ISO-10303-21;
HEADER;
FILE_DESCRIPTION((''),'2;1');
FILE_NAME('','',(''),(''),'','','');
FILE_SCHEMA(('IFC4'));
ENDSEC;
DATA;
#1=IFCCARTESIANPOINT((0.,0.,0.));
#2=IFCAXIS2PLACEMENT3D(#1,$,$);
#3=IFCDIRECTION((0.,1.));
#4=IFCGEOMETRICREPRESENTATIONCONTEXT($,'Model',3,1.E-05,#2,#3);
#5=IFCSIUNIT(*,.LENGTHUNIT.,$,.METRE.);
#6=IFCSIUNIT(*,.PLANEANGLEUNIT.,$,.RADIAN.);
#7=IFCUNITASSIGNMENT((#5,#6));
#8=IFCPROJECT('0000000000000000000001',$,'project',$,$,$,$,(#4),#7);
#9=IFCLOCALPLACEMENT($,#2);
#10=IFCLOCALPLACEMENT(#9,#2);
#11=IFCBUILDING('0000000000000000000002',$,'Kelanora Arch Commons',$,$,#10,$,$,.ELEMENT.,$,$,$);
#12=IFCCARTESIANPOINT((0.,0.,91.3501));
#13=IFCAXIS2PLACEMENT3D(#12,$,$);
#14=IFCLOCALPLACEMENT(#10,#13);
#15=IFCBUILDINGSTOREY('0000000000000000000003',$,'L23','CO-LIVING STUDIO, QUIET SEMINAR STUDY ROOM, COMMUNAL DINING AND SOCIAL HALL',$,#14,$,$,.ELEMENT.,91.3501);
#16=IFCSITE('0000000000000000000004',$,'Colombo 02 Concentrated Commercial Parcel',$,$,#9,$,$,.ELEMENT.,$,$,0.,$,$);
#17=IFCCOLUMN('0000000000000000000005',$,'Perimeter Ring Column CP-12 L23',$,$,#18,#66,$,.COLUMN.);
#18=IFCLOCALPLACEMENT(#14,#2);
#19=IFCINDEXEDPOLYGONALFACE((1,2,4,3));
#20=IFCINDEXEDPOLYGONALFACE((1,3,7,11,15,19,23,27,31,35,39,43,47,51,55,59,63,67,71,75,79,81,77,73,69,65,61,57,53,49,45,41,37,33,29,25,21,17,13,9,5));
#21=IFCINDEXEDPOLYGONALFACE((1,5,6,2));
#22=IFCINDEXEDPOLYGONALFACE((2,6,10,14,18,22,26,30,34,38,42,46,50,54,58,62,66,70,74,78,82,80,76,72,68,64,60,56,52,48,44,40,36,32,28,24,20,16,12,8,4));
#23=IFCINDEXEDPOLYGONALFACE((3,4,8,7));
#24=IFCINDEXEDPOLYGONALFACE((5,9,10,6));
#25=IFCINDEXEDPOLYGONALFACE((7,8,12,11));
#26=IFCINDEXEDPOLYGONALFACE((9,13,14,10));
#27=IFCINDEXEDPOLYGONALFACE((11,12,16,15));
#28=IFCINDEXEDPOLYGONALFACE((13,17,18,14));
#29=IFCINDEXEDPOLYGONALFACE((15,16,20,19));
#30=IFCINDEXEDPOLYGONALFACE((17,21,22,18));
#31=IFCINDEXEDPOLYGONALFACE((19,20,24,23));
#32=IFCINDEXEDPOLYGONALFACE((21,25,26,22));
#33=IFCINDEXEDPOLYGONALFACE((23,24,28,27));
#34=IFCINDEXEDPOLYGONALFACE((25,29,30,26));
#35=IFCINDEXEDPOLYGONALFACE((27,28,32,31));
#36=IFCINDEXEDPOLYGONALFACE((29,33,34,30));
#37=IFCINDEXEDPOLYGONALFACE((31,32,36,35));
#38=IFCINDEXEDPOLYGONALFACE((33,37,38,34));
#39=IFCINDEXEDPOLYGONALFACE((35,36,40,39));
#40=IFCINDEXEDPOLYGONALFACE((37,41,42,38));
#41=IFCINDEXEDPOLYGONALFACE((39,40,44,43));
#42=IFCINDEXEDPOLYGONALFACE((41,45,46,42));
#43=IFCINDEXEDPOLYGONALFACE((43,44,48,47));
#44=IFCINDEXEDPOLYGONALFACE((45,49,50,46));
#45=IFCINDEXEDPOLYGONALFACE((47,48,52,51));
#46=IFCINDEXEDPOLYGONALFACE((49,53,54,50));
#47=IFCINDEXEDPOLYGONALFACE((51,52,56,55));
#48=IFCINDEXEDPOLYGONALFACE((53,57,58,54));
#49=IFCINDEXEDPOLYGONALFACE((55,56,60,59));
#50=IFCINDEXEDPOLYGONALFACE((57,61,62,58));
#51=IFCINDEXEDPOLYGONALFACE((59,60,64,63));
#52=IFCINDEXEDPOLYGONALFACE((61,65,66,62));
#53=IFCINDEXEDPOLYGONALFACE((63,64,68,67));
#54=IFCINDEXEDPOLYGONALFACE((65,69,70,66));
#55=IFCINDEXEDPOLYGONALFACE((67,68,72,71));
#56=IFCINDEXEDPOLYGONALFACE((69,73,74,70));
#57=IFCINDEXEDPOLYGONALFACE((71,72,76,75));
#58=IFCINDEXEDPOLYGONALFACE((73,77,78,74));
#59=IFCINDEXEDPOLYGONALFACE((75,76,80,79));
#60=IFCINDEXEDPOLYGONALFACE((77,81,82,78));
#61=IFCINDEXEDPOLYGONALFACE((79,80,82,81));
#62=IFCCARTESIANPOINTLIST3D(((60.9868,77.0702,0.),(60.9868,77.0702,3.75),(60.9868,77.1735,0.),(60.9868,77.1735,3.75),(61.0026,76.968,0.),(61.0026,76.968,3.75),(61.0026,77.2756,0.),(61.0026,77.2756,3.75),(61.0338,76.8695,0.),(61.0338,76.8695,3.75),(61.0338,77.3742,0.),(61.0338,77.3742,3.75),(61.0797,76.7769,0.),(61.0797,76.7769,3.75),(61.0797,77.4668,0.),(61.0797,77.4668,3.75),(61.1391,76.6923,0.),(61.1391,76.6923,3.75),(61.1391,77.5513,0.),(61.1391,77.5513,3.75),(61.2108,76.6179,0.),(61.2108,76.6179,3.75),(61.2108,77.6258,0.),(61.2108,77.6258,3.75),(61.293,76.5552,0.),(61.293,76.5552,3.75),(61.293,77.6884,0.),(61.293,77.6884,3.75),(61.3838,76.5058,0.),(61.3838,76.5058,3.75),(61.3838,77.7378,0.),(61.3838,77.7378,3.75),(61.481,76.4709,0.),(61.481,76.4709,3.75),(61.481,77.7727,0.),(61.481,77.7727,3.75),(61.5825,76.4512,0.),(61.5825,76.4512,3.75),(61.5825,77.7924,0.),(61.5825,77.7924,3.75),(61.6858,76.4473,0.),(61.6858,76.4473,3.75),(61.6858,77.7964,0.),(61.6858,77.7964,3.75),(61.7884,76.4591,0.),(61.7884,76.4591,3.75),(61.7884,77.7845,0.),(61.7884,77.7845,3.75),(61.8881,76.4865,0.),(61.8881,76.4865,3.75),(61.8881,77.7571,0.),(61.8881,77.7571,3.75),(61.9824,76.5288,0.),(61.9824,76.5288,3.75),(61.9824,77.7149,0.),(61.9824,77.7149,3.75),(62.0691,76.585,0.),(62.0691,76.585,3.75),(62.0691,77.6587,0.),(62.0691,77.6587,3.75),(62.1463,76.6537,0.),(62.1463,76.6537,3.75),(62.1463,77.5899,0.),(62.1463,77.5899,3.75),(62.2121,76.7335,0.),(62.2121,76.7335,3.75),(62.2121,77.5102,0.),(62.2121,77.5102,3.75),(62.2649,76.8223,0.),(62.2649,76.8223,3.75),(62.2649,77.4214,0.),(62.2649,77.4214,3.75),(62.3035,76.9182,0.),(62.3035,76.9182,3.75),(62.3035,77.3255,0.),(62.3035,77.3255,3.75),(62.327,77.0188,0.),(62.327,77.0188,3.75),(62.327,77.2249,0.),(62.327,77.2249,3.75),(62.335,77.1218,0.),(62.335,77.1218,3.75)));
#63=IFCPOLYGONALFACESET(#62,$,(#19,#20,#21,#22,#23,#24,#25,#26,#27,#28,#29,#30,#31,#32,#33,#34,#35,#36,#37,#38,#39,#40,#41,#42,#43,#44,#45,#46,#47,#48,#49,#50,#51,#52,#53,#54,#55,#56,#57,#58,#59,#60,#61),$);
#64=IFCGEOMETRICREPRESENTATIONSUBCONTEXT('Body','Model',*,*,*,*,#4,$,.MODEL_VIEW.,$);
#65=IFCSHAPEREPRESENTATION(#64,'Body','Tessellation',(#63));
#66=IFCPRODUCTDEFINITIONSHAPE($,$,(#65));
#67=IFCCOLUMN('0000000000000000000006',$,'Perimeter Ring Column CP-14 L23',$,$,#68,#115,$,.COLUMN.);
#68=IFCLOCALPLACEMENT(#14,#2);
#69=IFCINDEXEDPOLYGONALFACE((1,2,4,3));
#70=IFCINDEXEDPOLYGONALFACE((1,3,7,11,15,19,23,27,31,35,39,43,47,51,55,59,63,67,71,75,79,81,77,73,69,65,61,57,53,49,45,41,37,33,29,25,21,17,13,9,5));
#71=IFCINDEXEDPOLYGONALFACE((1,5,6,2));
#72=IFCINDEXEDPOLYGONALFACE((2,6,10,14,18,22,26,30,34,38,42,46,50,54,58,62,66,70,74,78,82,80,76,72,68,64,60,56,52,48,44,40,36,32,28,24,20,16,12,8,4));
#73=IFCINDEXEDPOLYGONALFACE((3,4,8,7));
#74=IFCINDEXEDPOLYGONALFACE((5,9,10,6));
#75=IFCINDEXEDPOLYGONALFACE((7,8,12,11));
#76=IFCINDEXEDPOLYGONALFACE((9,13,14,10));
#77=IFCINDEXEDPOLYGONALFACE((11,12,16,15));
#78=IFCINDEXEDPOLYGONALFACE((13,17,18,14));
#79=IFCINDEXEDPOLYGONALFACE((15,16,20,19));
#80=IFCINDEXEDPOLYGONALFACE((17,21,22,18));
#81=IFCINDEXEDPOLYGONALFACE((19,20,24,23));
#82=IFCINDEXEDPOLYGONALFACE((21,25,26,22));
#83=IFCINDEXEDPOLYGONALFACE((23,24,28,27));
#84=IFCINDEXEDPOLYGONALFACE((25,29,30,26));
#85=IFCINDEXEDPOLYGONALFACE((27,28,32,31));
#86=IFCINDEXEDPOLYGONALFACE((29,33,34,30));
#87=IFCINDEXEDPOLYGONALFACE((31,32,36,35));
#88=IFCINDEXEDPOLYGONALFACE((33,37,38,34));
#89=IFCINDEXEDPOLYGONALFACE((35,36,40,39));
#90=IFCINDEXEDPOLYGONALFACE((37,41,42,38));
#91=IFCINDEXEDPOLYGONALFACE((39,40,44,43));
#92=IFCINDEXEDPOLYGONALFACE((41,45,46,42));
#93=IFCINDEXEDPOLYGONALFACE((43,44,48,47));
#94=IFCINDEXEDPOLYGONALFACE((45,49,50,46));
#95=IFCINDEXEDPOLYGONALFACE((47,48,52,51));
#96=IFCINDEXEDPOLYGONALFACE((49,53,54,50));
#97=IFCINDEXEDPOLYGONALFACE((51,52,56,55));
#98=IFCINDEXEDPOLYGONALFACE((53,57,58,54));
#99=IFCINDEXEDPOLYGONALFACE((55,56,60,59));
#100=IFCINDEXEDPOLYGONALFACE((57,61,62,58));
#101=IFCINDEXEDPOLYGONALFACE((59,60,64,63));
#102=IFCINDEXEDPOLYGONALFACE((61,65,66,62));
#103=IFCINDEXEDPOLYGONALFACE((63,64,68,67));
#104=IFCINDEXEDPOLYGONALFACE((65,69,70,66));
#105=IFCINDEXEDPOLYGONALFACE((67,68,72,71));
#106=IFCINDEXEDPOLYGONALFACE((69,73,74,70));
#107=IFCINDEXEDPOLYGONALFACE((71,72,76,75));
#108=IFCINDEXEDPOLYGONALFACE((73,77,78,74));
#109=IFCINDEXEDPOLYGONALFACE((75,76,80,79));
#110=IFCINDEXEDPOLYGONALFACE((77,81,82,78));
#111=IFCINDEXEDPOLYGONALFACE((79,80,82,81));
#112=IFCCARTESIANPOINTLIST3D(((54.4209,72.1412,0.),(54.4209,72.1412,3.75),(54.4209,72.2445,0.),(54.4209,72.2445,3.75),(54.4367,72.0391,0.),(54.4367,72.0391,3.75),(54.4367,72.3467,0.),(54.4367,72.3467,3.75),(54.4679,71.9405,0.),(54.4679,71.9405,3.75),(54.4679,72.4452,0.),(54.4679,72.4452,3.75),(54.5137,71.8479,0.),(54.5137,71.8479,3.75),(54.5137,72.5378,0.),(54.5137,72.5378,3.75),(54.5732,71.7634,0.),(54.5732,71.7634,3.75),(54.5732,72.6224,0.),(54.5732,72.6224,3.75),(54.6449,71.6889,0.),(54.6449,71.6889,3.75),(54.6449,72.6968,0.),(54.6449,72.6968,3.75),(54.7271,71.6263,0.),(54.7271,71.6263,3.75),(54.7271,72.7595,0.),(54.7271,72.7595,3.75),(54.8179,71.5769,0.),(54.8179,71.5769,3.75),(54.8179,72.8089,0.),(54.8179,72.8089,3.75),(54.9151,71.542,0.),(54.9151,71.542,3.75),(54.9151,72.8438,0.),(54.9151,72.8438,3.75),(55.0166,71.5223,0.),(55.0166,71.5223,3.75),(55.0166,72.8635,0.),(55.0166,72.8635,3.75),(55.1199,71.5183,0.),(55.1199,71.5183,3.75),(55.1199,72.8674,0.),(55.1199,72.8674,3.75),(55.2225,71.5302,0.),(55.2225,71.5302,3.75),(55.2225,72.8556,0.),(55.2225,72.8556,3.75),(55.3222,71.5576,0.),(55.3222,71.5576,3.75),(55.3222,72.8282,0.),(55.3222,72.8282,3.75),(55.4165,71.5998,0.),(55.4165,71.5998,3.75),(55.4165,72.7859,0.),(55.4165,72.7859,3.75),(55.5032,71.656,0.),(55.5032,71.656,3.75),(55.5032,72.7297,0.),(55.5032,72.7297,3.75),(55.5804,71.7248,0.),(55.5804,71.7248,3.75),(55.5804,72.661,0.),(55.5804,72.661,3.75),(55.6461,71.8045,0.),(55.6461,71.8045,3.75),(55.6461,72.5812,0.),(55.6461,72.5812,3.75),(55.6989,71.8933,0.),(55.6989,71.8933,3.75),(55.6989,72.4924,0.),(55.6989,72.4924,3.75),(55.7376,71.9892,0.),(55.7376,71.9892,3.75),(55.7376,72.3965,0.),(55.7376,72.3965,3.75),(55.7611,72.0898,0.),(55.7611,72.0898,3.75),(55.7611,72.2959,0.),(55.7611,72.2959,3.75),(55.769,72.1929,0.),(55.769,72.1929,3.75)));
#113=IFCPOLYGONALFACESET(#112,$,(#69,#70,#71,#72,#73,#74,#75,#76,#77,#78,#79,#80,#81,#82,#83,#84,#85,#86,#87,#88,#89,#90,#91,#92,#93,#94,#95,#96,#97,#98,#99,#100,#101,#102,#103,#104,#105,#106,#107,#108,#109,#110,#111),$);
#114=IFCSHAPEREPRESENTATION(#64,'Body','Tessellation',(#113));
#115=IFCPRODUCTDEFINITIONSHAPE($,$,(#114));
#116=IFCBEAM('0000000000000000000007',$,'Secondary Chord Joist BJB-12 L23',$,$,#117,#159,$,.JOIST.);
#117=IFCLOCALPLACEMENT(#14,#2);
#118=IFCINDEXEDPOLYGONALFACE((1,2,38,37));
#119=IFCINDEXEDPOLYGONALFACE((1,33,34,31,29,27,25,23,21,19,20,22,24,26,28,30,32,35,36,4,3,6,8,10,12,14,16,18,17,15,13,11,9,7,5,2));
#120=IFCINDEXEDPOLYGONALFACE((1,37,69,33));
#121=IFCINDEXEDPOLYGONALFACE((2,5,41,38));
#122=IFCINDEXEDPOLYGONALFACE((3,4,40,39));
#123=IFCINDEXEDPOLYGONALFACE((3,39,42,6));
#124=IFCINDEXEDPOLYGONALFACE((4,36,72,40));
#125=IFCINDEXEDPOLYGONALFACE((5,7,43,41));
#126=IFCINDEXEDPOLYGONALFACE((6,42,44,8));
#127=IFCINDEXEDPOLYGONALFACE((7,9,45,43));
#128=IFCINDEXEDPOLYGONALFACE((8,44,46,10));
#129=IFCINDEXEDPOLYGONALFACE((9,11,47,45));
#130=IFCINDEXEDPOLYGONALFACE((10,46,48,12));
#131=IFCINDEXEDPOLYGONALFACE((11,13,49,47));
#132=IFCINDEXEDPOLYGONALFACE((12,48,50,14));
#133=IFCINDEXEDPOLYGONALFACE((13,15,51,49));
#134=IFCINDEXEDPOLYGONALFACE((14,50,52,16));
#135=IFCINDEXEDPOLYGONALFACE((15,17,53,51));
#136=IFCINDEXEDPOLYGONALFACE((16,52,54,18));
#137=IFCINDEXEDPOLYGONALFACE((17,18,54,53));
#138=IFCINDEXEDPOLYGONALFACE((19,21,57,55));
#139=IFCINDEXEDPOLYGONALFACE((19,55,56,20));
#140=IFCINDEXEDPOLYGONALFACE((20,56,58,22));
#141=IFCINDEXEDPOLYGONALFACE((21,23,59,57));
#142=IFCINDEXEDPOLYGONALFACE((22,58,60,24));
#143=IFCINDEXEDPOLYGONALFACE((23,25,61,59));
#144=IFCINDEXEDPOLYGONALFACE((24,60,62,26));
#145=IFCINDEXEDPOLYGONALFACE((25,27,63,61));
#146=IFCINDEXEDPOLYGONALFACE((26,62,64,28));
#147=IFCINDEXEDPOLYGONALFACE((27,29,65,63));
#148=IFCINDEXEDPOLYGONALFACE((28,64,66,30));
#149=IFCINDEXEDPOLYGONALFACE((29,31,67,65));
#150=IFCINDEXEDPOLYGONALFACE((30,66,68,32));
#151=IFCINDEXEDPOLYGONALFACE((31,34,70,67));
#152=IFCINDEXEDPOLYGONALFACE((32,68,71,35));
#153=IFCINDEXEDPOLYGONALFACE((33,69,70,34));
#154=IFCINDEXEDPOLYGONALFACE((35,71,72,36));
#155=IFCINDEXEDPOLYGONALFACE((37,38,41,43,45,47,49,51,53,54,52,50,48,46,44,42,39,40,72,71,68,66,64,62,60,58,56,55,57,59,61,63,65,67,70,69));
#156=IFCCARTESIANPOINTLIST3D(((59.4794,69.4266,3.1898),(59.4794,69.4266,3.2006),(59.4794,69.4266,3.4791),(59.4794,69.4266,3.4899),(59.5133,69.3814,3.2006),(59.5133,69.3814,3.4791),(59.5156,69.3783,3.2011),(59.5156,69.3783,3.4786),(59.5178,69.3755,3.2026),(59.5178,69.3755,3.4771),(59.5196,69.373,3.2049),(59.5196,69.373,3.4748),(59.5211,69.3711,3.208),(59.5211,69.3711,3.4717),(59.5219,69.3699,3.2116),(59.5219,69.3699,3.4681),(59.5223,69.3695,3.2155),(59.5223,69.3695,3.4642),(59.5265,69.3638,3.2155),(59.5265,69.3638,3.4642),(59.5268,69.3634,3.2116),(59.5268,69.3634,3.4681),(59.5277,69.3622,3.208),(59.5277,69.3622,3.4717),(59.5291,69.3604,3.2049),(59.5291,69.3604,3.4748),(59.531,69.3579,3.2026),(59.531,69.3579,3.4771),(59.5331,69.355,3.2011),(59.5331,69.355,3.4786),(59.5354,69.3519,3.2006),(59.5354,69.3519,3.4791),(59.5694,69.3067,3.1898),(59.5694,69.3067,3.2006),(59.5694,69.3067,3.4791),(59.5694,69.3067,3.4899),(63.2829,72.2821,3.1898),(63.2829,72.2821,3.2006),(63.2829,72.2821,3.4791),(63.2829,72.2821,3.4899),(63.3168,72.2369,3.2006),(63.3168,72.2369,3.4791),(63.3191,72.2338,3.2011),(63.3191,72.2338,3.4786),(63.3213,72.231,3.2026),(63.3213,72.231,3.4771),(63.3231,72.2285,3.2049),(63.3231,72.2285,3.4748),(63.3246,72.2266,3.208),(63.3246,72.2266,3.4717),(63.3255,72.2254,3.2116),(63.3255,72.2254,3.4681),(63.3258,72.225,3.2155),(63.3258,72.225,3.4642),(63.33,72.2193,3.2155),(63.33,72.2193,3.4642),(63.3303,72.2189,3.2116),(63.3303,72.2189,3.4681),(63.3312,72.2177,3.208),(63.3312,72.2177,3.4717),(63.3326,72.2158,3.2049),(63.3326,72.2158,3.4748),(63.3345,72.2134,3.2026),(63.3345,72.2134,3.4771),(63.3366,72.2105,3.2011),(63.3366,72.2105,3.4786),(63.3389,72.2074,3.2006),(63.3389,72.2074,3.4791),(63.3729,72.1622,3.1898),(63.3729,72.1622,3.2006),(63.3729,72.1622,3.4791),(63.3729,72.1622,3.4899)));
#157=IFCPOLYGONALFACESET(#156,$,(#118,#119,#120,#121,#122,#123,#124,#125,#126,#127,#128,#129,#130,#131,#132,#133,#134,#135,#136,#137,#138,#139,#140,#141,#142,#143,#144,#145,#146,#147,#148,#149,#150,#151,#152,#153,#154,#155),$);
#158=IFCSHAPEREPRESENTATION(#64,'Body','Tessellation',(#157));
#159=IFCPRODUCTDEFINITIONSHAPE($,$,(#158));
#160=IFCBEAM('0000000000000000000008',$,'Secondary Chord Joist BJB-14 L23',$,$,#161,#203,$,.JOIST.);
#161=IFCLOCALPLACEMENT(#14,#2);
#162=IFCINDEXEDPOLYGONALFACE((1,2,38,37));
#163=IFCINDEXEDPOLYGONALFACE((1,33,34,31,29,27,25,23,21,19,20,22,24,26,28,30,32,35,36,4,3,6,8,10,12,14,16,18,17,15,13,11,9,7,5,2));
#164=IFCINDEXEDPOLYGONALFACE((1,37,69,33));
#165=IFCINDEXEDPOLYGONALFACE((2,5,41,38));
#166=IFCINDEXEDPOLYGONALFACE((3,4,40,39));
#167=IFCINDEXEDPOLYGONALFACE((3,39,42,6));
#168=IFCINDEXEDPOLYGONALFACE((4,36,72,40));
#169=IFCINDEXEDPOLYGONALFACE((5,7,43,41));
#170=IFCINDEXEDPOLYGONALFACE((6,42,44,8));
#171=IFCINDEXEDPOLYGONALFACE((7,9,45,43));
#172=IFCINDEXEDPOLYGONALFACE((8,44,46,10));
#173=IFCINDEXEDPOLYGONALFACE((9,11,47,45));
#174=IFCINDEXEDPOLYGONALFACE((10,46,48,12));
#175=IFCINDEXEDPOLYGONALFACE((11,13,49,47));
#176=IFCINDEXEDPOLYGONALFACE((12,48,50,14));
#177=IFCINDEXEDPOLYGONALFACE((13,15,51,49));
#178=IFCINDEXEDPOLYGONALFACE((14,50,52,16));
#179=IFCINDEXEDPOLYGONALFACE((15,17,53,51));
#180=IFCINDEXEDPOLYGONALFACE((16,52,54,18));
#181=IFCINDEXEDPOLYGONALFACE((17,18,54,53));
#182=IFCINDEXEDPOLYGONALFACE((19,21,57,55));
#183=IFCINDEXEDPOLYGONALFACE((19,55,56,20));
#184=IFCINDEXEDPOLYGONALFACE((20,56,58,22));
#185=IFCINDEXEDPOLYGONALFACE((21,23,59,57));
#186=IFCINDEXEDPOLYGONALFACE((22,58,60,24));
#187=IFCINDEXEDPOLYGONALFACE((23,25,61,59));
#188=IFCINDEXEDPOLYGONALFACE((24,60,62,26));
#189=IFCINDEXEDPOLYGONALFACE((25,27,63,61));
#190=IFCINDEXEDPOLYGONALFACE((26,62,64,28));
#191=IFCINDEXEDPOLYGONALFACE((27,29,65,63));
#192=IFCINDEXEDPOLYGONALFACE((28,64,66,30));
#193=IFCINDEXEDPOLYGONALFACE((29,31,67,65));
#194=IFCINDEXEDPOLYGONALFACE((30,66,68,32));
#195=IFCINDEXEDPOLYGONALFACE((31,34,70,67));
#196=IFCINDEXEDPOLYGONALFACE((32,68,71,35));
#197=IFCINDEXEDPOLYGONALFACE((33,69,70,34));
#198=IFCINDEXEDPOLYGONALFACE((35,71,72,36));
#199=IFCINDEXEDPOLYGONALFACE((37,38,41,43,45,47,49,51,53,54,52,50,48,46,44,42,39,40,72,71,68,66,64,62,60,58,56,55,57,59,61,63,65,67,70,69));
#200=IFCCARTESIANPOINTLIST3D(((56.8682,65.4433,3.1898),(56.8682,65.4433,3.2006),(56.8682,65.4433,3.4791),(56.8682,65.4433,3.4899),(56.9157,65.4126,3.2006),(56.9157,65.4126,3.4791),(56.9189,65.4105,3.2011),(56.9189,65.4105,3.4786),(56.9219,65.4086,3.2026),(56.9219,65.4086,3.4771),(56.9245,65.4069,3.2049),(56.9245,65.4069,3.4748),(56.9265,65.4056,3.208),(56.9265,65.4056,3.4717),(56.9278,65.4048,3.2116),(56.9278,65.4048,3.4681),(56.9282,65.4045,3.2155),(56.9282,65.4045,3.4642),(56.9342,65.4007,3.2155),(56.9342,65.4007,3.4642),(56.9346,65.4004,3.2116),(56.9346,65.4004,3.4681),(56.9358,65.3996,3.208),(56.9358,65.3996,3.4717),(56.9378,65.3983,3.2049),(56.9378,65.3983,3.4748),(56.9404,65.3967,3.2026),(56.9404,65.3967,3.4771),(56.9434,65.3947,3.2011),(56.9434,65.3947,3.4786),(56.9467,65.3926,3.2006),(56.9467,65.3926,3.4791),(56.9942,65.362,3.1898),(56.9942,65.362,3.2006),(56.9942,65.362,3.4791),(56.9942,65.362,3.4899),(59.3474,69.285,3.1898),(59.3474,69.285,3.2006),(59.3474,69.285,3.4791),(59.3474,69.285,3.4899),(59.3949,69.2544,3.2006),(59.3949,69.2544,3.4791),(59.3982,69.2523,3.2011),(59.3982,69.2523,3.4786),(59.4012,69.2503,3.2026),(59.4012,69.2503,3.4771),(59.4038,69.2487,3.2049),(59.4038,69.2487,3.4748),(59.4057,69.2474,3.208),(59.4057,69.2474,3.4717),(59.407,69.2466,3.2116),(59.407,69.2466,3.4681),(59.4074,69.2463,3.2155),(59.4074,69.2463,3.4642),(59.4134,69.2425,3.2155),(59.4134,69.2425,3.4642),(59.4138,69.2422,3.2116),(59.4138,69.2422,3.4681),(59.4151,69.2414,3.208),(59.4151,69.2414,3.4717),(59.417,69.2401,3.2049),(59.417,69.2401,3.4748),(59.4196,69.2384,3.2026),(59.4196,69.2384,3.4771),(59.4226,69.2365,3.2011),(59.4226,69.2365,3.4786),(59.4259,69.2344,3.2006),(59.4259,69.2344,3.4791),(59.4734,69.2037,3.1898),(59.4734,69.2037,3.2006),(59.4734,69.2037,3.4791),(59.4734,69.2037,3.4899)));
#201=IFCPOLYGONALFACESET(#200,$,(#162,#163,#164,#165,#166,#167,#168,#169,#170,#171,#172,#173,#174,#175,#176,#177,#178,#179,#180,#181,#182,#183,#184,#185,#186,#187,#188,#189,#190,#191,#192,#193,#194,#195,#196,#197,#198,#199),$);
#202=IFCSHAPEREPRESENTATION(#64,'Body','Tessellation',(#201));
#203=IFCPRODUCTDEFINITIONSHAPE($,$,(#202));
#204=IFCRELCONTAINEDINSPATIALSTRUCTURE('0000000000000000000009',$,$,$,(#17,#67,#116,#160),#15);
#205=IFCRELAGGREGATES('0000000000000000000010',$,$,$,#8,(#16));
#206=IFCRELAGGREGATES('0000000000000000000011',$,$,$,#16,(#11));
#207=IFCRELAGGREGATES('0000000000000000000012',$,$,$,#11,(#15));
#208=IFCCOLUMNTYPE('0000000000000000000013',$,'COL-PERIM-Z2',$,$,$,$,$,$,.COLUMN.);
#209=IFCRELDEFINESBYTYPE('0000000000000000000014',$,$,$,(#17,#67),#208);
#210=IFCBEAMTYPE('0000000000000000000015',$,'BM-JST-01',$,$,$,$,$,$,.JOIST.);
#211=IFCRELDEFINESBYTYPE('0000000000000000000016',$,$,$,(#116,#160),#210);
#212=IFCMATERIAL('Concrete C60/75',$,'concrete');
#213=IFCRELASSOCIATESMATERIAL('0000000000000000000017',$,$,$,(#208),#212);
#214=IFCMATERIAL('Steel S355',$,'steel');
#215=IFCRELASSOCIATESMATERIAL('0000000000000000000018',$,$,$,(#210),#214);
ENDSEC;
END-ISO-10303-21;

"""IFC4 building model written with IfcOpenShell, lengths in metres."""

from ifc_helpers import new_model, si_unit, direction, frame, origin, origin_2d, place, context, subcontext, project, spatial, circle, i_section, extrude, material, material_profile, profile_set, type_object, element, save


model = new_model("IFC4")

# Units and contexts
model_context = context("Model", 3, precision=1e-05, world=origin(), true_north=direction((0.0, 1.0)))
body_context = subcontext(model_context, "Body", "Model", "MODEL_VIEW")
ifc_project = project(units=[si_unit("LENGTHUNIT", "METRE"), si_unit("PLANEANGLEUNIT", "RADIAN")], contexts=[model_context])

# Site, building, storey
site_placement = place(None, origin())
site = spatial("IfcSite", under=ifc_project, at=site_placement, Name="Colombo 02 Concentrated Commercial Parcel", CompositionType="ELEMENT", RefElevation=0.0)
building_placement = place(site_placement, origin())
building = spatial("IfcBuilding", under=site, at=building_placement, Name="Kelanora Arch Commons", CompositionType="ELEMENT")
storey_placement = place(building_placement, frame((0.0, 0.0, 91.3501)))
storey = spatial("IfcBuildingStorey", under=building, at=storey_placement, Name="L23", Description="CO-LIVING STUDIO, QUIET SEMINAR STUDY ROOM, COMMUNAL DINING AND SOCIAL HALL", CompositionType="ELEMENT", Elevation=91.3501)

# Columns
ifc_material_1 = material(Name="Concrete C60/75", Category="concrete")
ifc_material_profile_1 = material_profile(ifc_material_1, circle(Radius=0.675, at=origin_2d()), Name="RCC1350")
ifc_profile_set_1 = profile_set([ifc_material_profile_1], Name="Concrete C60/75")
column_type = type_object("IfcColumnType", Name="COL-PERIM-Z2", PredefinedType="COLUMN", material=ifc_profile_set_1)
for number, where, z_axis, x_axis, name in (
    (1, (61.6599, 77.1218, 0.0), (0.0, 0.0, 1.0), (1.0, 0.0, 0.0), "Perimeter Ring Column CP-12 L23"),
    (2, (55.094, 72.1929, 0.0), (0.0, 0.0, 1.0), (1.0, 0.0, 0.0), "Perimeter Ring Column CP-14 L23"),
):
    element("IfcColumn", number, at=place(storey_placement, frame(where, z_axis=z_axis, x_axis=x_axis)), inside=storey, type_object=column_type, Name=name, PredefinedType="COLUMN", context=body_context, shape_type="SweptSolid", body=[
        extrude(circle(Radius=0.675, at=origin_2d()), origin(), (0.0, 0.0, 1.0), 3.75),
    ])

# Beams
ifc_material_2 = material(Name="Steel S355", Category="steel")
ifc_material_profile_2 = material_profile(ifc_material_2, i_section(OverallWidth=0.1499, OverallDepth=0.3, WebThickness=0.0071, FlangeThickness=0.0107, FilletRadius=0.0149, at=origin_2d()), Name="IPE300")
ifc_profile_set_2 = profile_set([ifc_material_profile_2], Name="Steel S355")
beam_type_1 = type_object("IfcBeamType", Name="BM-JST-01", PredefinedType="JOIST", material=ifc_profile_set_2)
beam_1_placement = place(storey_placement, frame((63.3279, 72.2222, 3.3398), z_axis=(-0.79971, -0.600386, 0.0), x_axis=(0.600386, -0.79971, 0.0)))
element("IfcBeam", 3, at=beam_1_placement, inside=storey, type_object=beam_type_1, Name="Secondary Chord Joist BJB-12 L23", PredefinedType="JOIST", context=body_context, shape_type="SweptSolid", body=[
    extrude(i_section(OverallWidth=0.1499, OverallDepth=0.3, WebThickness=0.0071, FlangeThickness=0.0107, FilletRadius=0.0149, at=origin_2d()), origin(), (0.0, 0.0, 1.0), 4.7561),
])
beam_2_placement = place(storey_placement, frame((59.4104, 69.2444, 3.3398), z_axis=(-0.54223, -0.84023, 0.0), x_axis=(0.84023, -0.54223, 0.0)))
element("IfcBeam", 4, at=beam_2_placement, inside=storey, type_object=beam_type_1, Name="Secondary Chord Joist BJB-14 L23", PredefinedType="JOIST", context=body_context, shape_type="SweptSolid", body=[
    extrude(i_section(OverallWidth=0.1499, OverallDepth=0.3, WebThickness=0.0071, FlangeThickness=0.0107, FilletRadius=0.0149, at=origin_2d()), origin(), (0.0, 0.0, 1.0), 4.5723),
])

save(model, "model.ifc")
